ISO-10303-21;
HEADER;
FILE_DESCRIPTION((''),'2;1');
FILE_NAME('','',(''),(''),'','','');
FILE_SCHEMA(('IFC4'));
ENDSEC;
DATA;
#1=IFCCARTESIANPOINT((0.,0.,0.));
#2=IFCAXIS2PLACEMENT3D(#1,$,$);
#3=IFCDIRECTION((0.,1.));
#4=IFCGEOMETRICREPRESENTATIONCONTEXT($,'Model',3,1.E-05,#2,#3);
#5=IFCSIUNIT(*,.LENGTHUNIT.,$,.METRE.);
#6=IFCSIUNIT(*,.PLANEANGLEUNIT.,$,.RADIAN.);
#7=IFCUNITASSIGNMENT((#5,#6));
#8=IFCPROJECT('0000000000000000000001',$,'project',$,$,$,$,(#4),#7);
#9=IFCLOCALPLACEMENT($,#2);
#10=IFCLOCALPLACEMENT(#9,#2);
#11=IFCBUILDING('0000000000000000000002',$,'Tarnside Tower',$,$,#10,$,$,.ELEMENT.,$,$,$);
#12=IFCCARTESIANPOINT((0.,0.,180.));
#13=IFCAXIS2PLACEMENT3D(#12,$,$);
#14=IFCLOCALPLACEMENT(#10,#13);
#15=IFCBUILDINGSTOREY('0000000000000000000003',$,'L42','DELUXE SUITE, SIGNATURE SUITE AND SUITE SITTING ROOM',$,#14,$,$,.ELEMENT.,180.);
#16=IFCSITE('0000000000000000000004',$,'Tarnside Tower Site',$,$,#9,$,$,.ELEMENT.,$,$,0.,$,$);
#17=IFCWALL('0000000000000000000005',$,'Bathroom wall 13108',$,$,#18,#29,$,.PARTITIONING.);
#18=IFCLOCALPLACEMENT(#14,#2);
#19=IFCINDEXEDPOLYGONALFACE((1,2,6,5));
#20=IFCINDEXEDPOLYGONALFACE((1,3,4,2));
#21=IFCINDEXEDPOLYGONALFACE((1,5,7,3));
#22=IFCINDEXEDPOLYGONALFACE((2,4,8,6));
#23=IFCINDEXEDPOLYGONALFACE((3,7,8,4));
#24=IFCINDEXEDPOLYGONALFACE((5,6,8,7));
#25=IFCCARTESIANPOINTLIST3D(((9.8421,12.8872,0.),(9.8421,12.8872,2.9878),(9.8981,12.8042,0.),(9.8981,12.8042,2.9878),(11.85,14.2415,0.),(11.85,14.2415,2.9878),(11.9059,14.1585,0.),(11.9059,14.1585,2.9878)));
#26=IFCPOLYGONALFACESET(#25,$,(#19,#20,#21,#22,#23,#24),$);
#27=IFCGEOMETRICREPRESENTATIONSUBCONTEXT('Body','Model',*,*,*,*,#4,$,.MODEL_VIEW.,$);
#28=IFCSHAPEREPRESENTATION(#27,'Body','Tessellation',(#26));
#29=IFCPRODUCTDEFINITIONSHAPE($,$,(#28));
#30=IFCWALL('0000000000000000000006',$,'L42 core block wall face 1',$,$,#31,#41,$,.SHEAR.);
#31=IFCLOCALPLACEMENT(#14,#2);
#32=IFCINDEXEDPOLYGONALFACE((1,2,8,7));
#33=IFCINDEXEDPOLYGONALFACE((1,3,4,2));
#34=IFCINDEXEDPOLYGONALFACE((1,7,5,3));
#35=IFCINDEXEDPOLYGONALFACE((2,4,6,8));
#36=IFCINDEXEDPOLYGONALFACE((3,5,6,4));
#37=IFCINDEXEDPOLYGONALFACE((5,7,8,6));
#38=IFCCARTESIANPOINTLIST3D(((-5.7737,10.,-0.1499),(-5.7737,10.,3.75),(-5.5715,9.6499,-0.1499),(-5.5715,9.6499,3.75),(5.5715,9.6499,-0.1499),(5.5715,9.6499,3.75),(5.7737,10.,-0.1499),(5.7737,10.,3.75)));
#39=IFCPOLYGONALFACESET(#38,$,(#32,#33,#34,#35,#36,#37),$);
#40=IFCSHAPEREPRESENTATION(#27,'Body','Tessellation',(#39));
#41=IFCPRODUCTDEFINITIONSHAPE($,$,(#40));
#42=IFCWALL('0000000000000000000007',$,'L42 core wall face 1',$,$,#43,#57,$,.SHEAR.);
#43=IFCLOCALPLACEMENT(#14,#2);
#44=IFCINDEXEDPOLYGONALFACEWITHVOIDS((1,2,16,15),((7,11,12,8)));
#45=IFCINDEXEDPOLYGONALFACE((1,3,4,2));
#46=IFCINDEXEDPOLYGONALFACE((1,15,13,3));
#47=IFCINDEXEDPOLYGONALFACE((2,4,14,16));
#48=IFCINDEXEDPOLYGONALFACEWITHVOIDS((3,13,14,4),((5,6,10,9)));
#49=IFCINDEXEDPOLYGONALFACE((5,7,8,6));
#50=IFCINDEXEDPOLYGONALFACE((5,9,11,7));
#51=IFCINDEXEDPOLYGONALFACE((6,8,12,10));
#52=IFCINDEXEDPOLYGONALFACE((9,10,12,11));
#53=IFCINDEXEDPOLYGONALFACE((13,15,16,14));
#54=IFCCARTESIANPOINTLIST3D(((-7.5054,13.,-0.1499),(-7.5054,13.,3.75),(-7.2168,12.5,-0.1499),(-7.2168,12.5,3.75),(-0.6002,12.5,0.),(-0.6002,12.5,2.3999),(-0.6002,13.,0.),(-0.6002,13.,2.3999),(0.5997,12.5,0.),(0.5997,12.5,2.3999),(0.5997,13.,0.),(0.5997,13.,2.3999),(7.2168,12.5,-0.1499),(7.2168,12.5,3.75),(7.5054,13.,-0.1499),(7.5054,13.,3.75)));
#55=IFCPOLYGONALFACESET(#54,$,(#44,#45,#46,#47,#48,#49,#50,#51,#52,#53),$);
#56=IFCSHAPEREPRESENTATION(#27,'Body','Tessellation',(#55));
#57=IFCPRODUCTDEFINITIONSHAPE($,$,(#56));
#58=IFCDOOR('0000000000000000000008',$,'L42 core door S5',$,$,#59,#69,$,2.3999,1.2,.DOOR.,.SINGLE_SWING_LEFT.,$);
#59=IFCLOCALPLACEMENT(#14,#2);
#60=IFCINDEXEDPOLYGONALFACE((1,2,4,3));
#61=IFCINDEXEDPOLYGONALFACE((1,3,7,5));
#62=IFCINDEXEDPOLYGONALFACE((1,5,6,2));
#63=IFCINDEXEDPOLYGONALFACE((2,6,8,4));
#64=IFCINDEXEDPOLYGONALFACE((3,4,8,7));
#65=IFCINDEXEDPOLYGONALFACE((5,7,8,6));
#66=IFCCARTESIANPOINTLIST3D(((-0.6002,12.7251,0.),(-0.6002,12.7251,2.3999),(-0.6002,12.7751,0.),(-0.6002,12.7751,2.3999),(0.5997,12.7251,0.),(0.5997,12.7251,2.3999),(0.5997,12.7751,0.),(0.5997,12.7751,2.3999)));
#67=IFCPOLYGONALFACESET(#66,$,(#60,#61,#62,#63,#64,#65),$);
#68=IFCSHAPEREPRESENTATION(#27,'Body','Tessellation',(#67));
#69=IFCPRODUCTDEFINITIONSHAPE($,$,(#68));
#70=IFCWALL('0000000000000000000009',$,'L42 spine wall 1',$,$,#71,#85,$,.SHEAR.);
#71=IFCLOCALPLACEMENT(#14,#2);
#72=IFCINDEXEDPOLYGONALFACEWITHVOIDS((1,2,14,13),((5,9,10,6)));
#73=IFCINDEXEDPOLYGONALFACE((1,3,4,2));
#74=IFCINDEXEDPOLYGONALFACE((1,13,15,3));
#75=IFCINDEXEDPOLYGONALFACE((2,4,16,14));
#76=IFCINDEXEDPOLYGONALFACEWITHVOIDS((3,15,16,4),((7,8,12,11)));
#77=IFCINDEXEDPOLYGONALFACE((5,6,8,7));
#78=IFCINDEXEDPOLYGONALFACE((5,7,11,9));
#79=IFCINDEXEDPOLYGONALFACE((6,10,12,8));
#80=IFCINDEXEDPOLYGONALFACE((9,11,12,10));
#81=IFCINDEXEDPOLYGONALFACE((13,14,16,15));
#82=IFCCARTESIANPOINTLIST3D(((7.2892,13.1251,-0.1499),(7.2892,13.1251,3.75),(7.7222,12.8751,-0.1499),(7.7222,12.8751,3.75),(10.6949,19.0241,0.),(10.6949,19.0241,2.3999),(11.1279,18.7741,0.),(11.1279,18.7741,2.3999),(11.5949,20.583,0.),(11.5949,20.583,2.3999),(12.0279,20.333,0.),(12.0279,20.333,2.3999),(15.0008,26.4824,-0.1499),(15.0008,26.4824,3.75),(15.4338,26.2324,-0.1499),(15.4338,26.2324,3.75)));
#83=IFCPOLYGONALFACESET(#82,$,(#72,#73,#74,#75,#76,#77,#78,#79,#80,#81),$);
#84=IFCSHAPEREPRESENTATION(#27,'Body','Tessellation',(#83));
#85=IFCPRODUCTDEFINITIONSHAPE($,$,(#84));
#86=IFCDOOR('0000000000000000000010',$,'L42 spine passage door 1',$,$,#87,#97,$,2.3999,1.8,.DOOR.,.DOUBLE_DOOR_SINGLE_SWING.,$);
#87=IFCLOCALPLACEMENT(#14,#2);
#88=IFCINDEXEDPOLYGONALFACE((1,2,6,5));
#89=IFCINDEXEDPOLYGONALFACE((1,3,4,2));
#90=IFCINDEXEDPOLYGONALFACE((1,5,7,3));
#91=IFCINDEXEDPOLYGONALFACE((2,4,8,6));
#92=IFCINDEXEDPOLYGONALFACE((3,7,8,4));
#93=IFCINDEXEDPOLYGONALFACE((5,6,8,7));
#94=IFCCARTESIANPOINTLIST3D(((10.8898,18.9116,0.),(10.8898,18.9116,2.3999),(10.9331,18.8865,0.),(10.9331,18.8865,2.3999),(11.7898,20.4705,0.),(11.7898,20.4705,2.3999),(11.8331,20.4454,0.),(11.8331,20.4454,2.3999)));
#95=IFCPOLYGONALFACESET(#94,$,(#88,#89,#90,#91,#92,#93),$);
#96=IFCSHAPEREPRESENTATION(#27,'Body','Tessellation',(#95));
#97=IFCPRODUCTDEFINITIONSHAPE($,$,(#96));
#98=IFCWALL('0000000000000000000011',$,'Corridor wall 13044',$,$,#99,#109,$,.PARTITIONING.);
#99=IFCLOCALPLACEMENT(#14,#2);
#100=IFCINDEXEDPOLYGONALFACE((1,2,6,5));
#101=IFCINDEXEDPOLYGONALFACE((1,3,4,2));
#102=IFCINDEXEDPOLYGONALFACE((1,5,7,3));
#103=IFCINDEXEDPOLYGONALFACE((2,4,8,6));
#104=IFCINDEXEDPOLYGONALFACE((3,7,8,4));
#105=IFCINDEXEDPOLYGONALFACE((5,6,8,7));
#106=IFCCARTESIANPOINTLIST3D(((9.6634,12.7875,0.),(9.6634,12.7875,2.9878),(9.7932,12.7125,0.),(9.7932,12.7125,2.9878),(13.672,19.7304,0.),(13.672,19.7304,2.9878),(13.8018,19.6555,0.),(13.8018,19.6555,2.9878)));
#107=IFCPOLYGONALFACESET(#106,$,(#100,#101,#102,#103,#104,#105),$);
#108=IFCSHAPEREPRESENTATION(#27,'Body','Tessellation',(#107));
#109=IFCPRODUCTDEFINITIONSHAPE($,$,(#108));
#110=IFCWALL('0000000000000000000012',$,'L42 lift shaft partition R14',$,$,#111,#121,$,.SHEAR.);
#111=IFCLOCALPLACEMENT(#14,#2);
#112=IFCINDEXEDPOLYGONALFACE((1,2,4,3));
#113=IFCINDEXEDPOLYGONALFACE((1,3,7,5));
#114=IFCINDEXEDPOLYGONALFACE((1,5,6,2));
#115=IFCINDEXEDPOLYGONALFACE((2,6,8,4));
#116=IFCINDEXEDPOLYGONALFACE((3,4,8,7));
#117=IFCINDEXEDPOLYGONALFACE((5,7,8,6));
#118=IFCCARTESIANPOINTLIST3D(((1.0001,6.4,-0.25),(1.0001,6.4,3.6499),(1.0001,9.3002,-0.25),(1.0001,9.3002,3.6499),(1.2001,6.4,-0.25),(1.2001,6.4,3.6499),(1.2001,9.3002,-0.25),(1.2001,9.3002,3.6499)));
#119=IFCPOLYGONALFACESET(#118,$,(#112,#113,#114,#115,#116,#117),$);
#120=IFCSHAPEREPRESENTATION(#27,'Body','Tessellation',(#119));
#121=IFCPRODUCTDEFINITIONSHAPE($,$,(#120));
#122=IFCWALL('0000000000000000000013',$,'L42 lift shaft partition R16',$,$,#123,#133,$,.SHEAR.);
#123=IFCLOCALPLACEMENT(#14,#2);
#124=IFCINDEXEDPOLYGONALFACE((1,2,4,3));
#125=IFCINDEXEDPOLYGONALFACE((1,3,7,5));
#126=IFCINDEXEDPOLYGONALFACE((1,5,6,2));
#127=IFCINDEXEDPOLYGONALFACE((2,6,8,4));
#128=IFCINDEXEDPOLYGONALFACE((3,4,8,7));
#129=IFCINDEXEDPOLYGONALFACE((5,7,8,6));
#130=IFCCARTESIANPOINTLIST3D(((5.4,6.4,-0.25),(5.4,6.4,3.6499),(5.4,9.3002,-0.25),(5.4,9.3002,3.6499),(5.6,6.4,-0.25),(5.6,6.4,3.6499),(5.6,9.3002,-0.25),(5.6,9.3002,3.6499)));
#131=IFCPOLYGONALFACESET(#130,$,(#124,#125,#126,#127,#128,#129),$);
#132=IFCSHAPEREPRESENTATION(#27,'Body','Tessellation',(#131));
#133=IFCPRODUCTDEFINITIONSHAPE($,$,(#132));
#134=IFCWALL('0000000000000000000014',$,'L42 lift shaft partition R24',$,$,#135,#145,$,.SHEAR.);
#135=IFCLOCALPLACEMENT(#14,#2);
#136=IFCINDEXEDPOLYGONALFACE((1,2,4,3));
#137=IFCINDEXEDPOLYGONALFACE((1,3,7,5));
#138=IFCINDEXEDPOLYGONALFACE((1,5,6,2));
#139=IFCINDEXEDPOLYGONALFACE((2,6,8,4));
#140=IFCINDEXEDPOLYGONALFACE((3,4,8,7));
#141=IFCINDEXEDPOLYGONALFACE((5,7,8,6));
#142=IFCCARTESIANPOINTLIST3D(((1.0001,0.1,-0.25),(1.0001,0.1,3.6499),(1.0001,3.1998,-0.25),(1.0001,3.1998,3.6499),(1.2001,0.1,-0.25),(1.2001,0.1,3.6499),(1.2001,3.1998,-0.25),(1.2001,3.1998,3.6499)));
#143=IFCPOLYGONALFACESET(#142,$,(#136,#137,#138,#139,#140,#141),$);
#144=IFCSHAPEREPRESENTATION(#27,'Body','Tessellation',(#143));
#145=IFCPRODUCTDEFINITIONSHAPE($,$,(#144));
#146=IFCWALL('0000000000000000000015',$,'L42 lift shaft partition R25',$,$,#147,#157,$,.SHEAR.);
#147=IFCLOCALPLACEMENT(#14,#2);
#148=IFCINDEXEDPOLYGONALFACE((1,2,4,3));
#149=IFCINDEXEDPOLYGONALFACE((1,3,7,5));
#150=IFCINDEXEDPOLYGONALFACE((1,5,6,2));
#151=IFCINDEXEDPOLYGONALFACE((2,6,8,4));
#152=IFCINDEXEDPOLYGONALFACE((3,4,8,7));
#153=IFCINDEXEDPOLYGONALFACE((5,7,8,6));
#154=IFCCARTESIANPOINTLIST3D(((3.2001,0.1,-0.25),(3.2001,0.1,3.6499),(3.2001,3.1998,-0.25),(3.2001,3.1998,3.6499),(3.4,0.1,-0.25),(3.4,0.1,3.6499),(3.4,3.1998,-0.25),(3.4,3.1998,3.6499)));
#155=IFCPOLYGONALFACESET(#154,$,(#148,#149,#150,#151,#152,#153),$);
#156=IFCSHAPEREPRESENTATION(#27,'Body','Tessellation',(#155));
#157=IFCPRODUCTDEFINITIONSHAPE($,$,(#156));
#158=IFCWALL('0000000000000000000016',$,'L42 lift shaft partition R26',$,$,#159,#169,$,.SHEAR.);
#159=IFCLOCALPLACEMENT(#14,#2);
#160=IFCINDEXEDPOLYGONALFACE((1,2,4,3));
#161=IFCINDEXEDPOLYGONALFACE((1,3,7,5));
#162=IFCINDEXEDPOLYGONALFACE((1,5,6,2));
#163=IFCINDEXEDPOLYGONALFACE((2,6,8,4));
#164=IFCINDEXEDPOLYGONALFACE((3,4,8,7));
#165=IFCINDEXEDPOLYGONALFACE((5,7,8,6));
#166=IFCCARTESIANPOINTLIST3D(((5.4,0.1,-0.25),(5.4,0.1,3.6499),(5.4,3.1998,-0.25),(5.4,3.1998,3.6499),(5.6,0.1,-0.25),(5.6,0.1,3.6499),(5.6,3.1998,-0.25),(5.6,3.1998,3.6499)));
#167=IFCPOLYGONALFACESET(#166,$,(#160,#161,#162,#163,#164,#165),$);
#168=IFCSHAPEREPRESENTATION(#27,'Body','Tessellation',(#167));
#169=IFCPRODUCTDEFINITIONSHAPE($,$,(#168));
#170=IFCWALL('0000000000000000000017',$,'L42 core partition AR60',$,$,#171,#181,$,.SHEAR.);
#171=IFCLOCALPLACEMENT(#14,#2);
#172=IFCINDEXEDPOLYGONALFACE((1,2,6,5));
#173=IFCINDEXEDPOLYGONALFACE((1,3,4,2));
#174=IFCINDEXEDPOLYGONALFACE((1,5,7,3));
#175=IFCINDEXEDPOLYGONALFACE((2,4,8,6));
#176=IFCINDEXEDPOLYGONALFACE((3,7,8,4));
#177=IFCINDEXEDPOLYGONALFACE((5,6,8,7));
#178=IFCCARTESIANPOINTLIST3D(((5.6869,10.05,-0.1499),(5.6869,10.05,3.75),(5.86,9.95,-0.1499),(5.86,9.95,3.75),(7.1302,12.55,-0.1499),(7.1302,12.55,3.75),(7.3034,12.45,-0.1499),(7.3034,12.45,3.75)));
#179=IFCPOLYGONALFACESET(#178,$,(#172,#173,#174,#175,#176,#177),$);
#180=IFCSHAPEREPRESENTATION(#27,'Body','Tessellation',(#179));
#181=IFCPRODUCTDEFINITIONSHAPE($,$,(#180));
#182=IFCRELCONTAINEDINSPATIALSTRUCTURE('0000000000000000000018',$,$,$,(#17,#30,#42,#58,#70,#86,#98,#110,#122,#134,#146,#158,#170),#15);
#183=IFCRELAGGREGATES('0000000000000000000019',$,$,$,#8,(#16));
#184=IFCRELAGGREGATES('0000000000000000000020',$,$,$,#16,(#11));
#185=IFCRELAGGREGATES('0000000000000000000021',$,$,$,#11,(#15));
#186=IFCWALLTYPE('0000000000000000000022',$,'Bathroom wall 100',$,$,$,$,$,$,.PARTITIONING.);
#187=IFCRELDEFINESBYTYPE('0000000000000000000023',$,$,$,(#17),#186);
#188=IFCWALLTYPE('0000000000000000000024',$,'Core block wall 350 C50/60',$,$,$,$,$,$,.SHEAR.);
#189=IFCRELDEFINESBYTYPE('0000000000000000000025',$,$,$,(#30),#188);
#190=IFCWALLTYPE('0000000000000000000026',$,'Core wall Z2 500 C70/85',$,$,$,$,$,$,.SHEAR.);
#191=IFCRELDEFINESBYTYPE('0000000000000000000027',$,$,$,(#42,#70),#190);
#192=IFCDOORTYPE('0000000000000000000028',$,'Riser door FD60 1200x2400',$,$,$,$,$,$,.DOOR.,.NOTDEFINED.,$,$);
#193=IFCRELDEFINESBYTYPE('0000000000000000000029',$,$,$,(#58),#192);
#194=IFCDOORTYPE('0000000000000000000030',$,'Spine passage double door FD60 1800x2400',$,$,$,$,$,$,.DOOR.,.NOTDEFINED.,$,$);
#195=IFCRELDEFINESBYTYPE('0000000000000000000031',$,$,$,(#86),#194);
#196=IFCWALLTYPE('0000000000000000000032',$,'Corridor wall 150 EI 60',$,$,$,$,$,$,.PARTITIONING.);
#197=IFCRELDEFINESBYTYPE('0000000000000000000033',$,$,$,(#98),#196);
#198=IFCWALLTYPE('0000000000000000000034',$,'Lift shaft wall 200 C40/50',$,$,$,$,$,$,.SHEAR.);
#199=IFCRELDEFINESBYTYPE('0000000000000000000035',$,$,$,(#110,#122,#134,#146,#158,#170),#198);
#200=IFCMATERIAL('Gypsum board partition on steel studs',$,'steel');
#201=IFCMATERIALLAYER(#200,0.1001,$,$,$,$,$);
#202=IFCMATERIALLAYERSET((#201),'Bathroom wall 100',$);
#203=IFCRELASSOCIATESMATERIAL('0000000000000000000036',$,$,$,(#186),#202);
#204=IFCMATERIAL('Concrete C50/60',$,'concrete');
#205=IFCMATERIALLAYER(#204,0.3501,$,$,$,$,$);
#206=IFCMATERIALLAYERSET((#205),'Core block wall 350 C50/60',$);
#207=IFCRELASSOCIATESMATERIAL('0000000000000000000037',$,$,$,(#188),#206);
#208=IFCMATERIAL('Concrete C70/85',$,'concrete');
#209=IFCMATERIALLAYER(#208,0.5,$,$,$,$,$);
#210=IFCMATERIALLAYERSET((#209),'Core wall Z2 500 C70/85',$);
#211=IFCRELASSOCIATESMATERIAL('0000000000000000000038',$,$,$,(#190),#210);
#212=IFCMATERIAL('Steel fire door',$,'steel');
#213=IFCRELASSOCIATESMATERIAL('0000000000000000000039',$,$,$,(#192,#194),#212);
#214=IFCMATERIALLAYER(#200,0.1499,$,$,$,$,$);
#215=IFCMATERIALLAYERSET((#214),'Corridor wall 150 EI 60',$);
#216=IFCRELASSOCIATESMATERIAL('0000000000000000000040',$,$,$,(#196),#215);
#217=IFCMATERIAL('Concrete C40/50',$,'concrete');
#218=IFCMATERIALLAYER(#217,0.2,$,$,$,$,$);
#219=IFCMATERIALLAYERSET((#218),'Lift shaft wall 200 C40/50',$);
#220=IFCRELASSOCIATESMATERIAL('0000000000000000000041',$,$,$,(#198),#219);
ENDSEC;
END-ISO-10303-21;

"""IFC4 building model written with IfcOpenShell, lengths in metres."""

from ifc_helpers import new_model, si_unit, direction, frame, frame_2d, origin, place, context, subcontext, project, spatial, polyline, rectangle, outline, extrude, material, layer, layer_set, type_object, element, fill, save


model = new_model("IFC4")

# Units and contexts
model_context = context("Model", 3, precision=1e-05, world=origin(), true_north=direction((0.0, 1.0)))
body_context = subcontext(model_context, "Body", "Model", "MODEL_VIEW")
ifc_project = project(units=[si_unit("LENGTHUNIT", "METRE"), si_unit("PLANEANGLEUNIT", "RADIAN")], contexts=[model_context])

# Site, building, storey
site_placement = place(None, origin())
site = spatial("IfcSite", under=ifc_project, at=site_placement, Name="Tarnside Tower Site", CompositionType="ELEMENT", RefElevation=0.0)
building_placement = place(site_placement, origin())
building = spatial("IfcBuilding", under=site, at=building_placement, Name="Tarnside Tower", CompositionType="ELEMENT")
storey_placement = place(building_placement, frame((0.0, 0.0, 180.0)))
storey = spatial("IfcBuildingStorey", under=building, at=storey_placement, Name="L42", Description="DELUXE SUITE, SIGNATURE SUITE AND SUITE SITTING ROOM", CompositionType="ELEMENT", Elevation=180.0)

# Walls
ifc_material_1 = material(Name="Gypsum board partition on steel studs", Category="steel")
ifc_layer_1 = layer(ifc_material_1, 0.1001)
ifc_layer_set_1 = layer_set([ifc_layer_1], Name="Bathroom wall 100")
wall_type_1 = type_object("IfcWallType", Name="Bathroom wall 100", PredefinedType="PARTITIONING", material=ifc_layer_set_1)
wall_1_placement = place(storey_placement, frame((9.8701, 12.8457, 0.0), z_axis=(0.0, 0.0, 1.0), x_axis=(0.829045, 0.559182, 0.0)))
element("IfcWall", 1, at=wall_1_placement, inside=storey, type_object=wall_type_1, Name="Bathroom wall 13108", PredefinedType="PARTITIONING", context=body_context, shape_type="SweptSolid", body=[
    extrude(rectangle(XDim=2.4219, YDim=0.1001, at=frame_2d((1.2109, 0.0))), origin(), (0.0, 0.0, 1.0), 2.9878),
])
ifc_material_2 = material(Name="Concrete C50/60", Category="concrete")
ifc_layer_2 = layer(ifc_material_2, 0.3501)
ifc_layer_set_2 = layer_set([ifc_layer_2], Name="Core block wall 350 C50/60")
wall_type_2 = type_object("IfcWallType", Name="Core block wall 350 C50/60", PredefinedType="SHEAR", material=ifc_layer_set_2)
wall_2_placement = place(storey_placement, frame((5.6726, 9.825, -0.1499), z_axis=(0.0, 0.0, 1.0), x_axis=(-1.0, 0.0, 0.0)))
element("IfcWall", 2, at=wall_2_placement, inside=storey, type_object=wall_type_2, Name="L42 core block wall face 1", PredefinedType="SHEAR", context=body_context, shape_type="SweptSolid", body=[
    extrude(outline(polyline([(-0.1011, -0.175), (11.4463, -0.175), (11.2441, 0.175), (0.1011, 0.175), (-0.1011, -0.175)])), origin(), (0.0, 0.0, 1.0), 3.8999),
])

# Walls, openings, doors
ifc_material_3 = material(Name="Concrete C70/85", Category="concrete")
ifc_layer_3 = layer(ifc_material_3, 0.5)
ifc_layer_set_3 = layer_set([ifc_layer_3], Name="Core wall Z2 500 C70/85")
wall_type_3 = type_object("IfcWallType", Name="Core wall Z2 500 C70/85", PredefinedType="SHEAR", material=ifc_layer_set_3)
wall_3_placement = place(storey_placement, frame((7.3611, 12.75, -0.1499), z_axis=(0.0, 0.0, 1.0), x_axis=(-1.0, 0.0, 0.0)))
wall_3 = element("IfcWall", 3, at=wall_3_placement, inside=storey, type_object=wall_type_3, Name="L42 core wall face 1", PredefinedType="SHEAR", context=body_context, shape_type="SweptSolid", body=[
    extrude(outline(polyline([(-0.1443, -0.25), (14.8665, -0.25), (14.5779, 0.25), (0.1443, 0.25), (-0.1443, -0.25)])), origin(), (0.0, 0.0, 1.0), 3.8999),
])
opening_1_placement = place(wall_3_placement, frame((6.7612, 0.0, 0.1499)))
opening_1 = element("IfcOpeningElement", 4, at=opening_1_placement, cuts=wall_3, PredefinedType="OPENING", context=body_context, shape_type="SweptSolid", body=[
    extrude(rectangle(XDim=1.2, YDim=2.3999, at=frame_2d((0.6001, 1.2))), frame((0.0, 0.26, 0.0), z_axis=(0.0, -1.0, 0.0), x_axis=(1.0, 0.0, 0.0)), (0.0, 0.0, 1.0), 0.52),
])
ifc_material_4 = material(Name="Steel fire door", Category="steel")
door_type_1 = type_object("IfcDoorType", Name="Riser door FD60 1200x2400", OperationType="NOTDEFINED", PredefinedType="DOOR", material=ifc_material_4)
door_1_placement = place(opening_1_placement, origin())
door_1 = element("IfcDoor", 5, at=door_1_placement, inside=storey, type_object=door_type_1, Name="L42 core door S5", OperationType="SINGLE_SWING_LEFT", OverallHeight=2.3999, OverallWidth=1.2, PredefinedType="DOOR", context=body_context, shape_type="SweptSolid", body=[
    extrude(rectangle(XDim=1.2, YDim=2.3999, at=frame_2d((0.6001, 1.2))), frame((0.0, 0.0249, 0.0), z_axis=(0.0, -1.0, 0.0), x_axis=(1.0, 0.0, 0.0)), (0.0, 0.0, 1.0), 0.05),
])
fill(opening_1, door_1)
wall_4_placement = place(storey_placement, frame((7.5056, 13.0, -0.1499), z_axis=(0.0, 0.0, 1.0), x_axis=(0.499988, 0.866032, 0.0)))
wall_4 = element("IfcWall", 6, at=wall_4_placement, inside=storey, type_object=wall_type_3, Name="L42 spine wall 1", PredefinedType="SHEAR", context=body_context, shape_type="SweptSolid", body=[
    extrude(rectangle(XDim=15.4236, YDim=0.5, at=frame_2d((7.7119, 0.0))), origin(), (0.0, 0.0, 1.0), 3.8999),
])
opening_2_placement = place(wall_4_placement, frame((6.8118, 0.0, 0.1499)))
opening_2 = element("IfcOpeningElement", 7, at=opening_2_placement, cuts=wall_4, PredefinedType="OPENING", context=body_context, shape_type="SweptSolid", body=[
    extrude(rectangle(XDim=1.8, YDim=2.3999, at=frame_2d((0.8999, 1.2))), frame((0.0, 0.26, 0.0), z_axis=(0.0, -1.0, 0.0), x_axis=(1.0, 0.0, 0.0)), (0.0, 0.0, 1.0), 0.52),
])
door_type_2 = type_object("IfcDoorType", Name="Spine passage double door FD60 1800x2400", OperationType="NOTDEFINED", PredefinedType="DOOR", material=ifc_material_4)
door_2_placement = place(opening_2_placement, origin())
door_2 = element("IfcDoor", 8, at=door_2_placement, inside=storey, type_object=door_type_2, Name="L42 spine passage door 1", OperationType="DOUBLE_DOOR_SINGLE_SWING", OverallHeight=2.3999, OverallWidth=1.8, PredefinedType="DOOR", context=body_context, shape_type="SweptSolid", body=[
    extrude(rectangle(XDim=1.8, YDim=2.3999, at=frame_2d((0.8999, 1.2))), frame((0.0, 0.0249, 0.0), z_axis=(0.0, -1.0, 0.0), x_axis=(1.0, 0.0, 0.0)), (0.0, 0.0, 1.0), 0.05),
])
fill(opening_2, door_2)

# Walls
ifc_layer_4 = layer(ifc_material_1, 0.1499)
ifc_layer_set_4 = layer_set([ifc_layer_4], Name="Corridor wall 150 EI 60")
wall_type_4 = type_object("IfcWallType", Name="Corridor wall 150 EI 60", PredefinedType="PARTITIONING", material=ifc_layer_set_4)
wall_5_placement = place(storey_placement, frame((9.7283, 12.75, 0.0), z_axis=(0.0, 0.0, 1.0), x_axis=(0.500007, 0.866021, 0.0)))
element("IfcWall", 9, at=wall_5_placement, inside=storey, type_object=wall_type_4, Name="Corridor wall 13044", PredefinedType="PARTITIONING", context=body_context, shape_type="SweptSolid", body=[
    extrude(rectangle(XDim=8.0171, YDim=0.1499, at=frame_2d((4.0085, 0.0))), origin(), (0.0, 0.0, 1.0), 2.9878),
])
ifc_material_5 = material(Name="Concrete C40/50", Category="concrete")
ifc_layer_5 = layer(ifc_material_5, 0.2)
ifc_layer_set_5 = layer_set([ifc_layer_5], Name="Lift shaft wall 200 C40/50")
wall_type_5 = type_object("IfcWallType", Name="Lift shaft wall 200 C40/50", PredefinedType="SHEAR", material=ifc_layer_set_5)
for number, where, z_axis, x_axis, name in (
    (10, (1.1001, 6.3999, -0.25), (0.0, 0.0, 1.0), (0.0, 1.0, 0.0), "L42 lift shaft partition R14"),
    (11, (5.5, 6.3999, -0.25), (0.0, 0.0, 1.0), (0.0, 1.0, 0.0), "L42 lift shaft partition R16"),
):
    element("IfcWall", number, at=place(storey_placement, frame(where, z_axis=z_axis, x_axis=x_axis)), inside=storey, type_object=wall_type_5, Name=name, PredefinedType="SHEAR", context=body_context, shape_type="SweptSolid", body=[
        extrude(rectangle(XDim=2.9001, YDim=0.2, at=frame_2d((1.4502, 0.0))), origin(), (0.0, 0.0, 1.0), 3.8999),
    ])
for number, where, z_axis, x_axis, name in (
    (12, (1.1001, 0.1001, -0.25), (0.0, 0.0, 1.0), (0.0, 1.0, 0.0), "L42 lift shaft partition R24"),
    (13, (3.3, 0.1001, -0.25), (0.0, 0.0, 1.0), (0.0, 1.0, 0.0), "L42 lift shaft partition R25"),
    (14, (5.5, 0.1001, -0.25), (0.0, 0.0, 1.0), (0.0, 1.0, 0.0), "L42 lift shaft partition R26"),
):
    element("IfcWall", number, at=place(storey_placement, frame(where, z_axis=z_axis, x_axis=x_axis)), inside=storey, type_object=wall_type_5, Name=name, PredefinedType="SHEAR", context=body_context, shape_type="SweptSolid", body=[
        extrude(rectangle(XDim=3.0999, YDim=0.2, at=frame_2d((1.5498, 0.0))), origin(), (0.0, 0.0, 1.0), 3.8999),
    ])
wall_6_placement = place(storey_placement, frame((5.7734, 10.0, -0.1499), z_axis=(0.0, 0.0, 1.0), x_axis=(0.499996, 0.866028, 0.0)))
element("IfcWall", 15, at=wall_6_placement, inside=storey, type_object=wall_type_5, Name="L42 core partition AR60", PredefinedType="SHEAR", context=body_context, shape_type="SweptSolid", body=[
    extrude(rectangle(XDim=2.8867, YDim=0.2, at=frame_2d((1.4434, 0.0))), origin(), (0.0, 0.0, 1.0), 3.8999),
])

save(model, "model.ifc")
